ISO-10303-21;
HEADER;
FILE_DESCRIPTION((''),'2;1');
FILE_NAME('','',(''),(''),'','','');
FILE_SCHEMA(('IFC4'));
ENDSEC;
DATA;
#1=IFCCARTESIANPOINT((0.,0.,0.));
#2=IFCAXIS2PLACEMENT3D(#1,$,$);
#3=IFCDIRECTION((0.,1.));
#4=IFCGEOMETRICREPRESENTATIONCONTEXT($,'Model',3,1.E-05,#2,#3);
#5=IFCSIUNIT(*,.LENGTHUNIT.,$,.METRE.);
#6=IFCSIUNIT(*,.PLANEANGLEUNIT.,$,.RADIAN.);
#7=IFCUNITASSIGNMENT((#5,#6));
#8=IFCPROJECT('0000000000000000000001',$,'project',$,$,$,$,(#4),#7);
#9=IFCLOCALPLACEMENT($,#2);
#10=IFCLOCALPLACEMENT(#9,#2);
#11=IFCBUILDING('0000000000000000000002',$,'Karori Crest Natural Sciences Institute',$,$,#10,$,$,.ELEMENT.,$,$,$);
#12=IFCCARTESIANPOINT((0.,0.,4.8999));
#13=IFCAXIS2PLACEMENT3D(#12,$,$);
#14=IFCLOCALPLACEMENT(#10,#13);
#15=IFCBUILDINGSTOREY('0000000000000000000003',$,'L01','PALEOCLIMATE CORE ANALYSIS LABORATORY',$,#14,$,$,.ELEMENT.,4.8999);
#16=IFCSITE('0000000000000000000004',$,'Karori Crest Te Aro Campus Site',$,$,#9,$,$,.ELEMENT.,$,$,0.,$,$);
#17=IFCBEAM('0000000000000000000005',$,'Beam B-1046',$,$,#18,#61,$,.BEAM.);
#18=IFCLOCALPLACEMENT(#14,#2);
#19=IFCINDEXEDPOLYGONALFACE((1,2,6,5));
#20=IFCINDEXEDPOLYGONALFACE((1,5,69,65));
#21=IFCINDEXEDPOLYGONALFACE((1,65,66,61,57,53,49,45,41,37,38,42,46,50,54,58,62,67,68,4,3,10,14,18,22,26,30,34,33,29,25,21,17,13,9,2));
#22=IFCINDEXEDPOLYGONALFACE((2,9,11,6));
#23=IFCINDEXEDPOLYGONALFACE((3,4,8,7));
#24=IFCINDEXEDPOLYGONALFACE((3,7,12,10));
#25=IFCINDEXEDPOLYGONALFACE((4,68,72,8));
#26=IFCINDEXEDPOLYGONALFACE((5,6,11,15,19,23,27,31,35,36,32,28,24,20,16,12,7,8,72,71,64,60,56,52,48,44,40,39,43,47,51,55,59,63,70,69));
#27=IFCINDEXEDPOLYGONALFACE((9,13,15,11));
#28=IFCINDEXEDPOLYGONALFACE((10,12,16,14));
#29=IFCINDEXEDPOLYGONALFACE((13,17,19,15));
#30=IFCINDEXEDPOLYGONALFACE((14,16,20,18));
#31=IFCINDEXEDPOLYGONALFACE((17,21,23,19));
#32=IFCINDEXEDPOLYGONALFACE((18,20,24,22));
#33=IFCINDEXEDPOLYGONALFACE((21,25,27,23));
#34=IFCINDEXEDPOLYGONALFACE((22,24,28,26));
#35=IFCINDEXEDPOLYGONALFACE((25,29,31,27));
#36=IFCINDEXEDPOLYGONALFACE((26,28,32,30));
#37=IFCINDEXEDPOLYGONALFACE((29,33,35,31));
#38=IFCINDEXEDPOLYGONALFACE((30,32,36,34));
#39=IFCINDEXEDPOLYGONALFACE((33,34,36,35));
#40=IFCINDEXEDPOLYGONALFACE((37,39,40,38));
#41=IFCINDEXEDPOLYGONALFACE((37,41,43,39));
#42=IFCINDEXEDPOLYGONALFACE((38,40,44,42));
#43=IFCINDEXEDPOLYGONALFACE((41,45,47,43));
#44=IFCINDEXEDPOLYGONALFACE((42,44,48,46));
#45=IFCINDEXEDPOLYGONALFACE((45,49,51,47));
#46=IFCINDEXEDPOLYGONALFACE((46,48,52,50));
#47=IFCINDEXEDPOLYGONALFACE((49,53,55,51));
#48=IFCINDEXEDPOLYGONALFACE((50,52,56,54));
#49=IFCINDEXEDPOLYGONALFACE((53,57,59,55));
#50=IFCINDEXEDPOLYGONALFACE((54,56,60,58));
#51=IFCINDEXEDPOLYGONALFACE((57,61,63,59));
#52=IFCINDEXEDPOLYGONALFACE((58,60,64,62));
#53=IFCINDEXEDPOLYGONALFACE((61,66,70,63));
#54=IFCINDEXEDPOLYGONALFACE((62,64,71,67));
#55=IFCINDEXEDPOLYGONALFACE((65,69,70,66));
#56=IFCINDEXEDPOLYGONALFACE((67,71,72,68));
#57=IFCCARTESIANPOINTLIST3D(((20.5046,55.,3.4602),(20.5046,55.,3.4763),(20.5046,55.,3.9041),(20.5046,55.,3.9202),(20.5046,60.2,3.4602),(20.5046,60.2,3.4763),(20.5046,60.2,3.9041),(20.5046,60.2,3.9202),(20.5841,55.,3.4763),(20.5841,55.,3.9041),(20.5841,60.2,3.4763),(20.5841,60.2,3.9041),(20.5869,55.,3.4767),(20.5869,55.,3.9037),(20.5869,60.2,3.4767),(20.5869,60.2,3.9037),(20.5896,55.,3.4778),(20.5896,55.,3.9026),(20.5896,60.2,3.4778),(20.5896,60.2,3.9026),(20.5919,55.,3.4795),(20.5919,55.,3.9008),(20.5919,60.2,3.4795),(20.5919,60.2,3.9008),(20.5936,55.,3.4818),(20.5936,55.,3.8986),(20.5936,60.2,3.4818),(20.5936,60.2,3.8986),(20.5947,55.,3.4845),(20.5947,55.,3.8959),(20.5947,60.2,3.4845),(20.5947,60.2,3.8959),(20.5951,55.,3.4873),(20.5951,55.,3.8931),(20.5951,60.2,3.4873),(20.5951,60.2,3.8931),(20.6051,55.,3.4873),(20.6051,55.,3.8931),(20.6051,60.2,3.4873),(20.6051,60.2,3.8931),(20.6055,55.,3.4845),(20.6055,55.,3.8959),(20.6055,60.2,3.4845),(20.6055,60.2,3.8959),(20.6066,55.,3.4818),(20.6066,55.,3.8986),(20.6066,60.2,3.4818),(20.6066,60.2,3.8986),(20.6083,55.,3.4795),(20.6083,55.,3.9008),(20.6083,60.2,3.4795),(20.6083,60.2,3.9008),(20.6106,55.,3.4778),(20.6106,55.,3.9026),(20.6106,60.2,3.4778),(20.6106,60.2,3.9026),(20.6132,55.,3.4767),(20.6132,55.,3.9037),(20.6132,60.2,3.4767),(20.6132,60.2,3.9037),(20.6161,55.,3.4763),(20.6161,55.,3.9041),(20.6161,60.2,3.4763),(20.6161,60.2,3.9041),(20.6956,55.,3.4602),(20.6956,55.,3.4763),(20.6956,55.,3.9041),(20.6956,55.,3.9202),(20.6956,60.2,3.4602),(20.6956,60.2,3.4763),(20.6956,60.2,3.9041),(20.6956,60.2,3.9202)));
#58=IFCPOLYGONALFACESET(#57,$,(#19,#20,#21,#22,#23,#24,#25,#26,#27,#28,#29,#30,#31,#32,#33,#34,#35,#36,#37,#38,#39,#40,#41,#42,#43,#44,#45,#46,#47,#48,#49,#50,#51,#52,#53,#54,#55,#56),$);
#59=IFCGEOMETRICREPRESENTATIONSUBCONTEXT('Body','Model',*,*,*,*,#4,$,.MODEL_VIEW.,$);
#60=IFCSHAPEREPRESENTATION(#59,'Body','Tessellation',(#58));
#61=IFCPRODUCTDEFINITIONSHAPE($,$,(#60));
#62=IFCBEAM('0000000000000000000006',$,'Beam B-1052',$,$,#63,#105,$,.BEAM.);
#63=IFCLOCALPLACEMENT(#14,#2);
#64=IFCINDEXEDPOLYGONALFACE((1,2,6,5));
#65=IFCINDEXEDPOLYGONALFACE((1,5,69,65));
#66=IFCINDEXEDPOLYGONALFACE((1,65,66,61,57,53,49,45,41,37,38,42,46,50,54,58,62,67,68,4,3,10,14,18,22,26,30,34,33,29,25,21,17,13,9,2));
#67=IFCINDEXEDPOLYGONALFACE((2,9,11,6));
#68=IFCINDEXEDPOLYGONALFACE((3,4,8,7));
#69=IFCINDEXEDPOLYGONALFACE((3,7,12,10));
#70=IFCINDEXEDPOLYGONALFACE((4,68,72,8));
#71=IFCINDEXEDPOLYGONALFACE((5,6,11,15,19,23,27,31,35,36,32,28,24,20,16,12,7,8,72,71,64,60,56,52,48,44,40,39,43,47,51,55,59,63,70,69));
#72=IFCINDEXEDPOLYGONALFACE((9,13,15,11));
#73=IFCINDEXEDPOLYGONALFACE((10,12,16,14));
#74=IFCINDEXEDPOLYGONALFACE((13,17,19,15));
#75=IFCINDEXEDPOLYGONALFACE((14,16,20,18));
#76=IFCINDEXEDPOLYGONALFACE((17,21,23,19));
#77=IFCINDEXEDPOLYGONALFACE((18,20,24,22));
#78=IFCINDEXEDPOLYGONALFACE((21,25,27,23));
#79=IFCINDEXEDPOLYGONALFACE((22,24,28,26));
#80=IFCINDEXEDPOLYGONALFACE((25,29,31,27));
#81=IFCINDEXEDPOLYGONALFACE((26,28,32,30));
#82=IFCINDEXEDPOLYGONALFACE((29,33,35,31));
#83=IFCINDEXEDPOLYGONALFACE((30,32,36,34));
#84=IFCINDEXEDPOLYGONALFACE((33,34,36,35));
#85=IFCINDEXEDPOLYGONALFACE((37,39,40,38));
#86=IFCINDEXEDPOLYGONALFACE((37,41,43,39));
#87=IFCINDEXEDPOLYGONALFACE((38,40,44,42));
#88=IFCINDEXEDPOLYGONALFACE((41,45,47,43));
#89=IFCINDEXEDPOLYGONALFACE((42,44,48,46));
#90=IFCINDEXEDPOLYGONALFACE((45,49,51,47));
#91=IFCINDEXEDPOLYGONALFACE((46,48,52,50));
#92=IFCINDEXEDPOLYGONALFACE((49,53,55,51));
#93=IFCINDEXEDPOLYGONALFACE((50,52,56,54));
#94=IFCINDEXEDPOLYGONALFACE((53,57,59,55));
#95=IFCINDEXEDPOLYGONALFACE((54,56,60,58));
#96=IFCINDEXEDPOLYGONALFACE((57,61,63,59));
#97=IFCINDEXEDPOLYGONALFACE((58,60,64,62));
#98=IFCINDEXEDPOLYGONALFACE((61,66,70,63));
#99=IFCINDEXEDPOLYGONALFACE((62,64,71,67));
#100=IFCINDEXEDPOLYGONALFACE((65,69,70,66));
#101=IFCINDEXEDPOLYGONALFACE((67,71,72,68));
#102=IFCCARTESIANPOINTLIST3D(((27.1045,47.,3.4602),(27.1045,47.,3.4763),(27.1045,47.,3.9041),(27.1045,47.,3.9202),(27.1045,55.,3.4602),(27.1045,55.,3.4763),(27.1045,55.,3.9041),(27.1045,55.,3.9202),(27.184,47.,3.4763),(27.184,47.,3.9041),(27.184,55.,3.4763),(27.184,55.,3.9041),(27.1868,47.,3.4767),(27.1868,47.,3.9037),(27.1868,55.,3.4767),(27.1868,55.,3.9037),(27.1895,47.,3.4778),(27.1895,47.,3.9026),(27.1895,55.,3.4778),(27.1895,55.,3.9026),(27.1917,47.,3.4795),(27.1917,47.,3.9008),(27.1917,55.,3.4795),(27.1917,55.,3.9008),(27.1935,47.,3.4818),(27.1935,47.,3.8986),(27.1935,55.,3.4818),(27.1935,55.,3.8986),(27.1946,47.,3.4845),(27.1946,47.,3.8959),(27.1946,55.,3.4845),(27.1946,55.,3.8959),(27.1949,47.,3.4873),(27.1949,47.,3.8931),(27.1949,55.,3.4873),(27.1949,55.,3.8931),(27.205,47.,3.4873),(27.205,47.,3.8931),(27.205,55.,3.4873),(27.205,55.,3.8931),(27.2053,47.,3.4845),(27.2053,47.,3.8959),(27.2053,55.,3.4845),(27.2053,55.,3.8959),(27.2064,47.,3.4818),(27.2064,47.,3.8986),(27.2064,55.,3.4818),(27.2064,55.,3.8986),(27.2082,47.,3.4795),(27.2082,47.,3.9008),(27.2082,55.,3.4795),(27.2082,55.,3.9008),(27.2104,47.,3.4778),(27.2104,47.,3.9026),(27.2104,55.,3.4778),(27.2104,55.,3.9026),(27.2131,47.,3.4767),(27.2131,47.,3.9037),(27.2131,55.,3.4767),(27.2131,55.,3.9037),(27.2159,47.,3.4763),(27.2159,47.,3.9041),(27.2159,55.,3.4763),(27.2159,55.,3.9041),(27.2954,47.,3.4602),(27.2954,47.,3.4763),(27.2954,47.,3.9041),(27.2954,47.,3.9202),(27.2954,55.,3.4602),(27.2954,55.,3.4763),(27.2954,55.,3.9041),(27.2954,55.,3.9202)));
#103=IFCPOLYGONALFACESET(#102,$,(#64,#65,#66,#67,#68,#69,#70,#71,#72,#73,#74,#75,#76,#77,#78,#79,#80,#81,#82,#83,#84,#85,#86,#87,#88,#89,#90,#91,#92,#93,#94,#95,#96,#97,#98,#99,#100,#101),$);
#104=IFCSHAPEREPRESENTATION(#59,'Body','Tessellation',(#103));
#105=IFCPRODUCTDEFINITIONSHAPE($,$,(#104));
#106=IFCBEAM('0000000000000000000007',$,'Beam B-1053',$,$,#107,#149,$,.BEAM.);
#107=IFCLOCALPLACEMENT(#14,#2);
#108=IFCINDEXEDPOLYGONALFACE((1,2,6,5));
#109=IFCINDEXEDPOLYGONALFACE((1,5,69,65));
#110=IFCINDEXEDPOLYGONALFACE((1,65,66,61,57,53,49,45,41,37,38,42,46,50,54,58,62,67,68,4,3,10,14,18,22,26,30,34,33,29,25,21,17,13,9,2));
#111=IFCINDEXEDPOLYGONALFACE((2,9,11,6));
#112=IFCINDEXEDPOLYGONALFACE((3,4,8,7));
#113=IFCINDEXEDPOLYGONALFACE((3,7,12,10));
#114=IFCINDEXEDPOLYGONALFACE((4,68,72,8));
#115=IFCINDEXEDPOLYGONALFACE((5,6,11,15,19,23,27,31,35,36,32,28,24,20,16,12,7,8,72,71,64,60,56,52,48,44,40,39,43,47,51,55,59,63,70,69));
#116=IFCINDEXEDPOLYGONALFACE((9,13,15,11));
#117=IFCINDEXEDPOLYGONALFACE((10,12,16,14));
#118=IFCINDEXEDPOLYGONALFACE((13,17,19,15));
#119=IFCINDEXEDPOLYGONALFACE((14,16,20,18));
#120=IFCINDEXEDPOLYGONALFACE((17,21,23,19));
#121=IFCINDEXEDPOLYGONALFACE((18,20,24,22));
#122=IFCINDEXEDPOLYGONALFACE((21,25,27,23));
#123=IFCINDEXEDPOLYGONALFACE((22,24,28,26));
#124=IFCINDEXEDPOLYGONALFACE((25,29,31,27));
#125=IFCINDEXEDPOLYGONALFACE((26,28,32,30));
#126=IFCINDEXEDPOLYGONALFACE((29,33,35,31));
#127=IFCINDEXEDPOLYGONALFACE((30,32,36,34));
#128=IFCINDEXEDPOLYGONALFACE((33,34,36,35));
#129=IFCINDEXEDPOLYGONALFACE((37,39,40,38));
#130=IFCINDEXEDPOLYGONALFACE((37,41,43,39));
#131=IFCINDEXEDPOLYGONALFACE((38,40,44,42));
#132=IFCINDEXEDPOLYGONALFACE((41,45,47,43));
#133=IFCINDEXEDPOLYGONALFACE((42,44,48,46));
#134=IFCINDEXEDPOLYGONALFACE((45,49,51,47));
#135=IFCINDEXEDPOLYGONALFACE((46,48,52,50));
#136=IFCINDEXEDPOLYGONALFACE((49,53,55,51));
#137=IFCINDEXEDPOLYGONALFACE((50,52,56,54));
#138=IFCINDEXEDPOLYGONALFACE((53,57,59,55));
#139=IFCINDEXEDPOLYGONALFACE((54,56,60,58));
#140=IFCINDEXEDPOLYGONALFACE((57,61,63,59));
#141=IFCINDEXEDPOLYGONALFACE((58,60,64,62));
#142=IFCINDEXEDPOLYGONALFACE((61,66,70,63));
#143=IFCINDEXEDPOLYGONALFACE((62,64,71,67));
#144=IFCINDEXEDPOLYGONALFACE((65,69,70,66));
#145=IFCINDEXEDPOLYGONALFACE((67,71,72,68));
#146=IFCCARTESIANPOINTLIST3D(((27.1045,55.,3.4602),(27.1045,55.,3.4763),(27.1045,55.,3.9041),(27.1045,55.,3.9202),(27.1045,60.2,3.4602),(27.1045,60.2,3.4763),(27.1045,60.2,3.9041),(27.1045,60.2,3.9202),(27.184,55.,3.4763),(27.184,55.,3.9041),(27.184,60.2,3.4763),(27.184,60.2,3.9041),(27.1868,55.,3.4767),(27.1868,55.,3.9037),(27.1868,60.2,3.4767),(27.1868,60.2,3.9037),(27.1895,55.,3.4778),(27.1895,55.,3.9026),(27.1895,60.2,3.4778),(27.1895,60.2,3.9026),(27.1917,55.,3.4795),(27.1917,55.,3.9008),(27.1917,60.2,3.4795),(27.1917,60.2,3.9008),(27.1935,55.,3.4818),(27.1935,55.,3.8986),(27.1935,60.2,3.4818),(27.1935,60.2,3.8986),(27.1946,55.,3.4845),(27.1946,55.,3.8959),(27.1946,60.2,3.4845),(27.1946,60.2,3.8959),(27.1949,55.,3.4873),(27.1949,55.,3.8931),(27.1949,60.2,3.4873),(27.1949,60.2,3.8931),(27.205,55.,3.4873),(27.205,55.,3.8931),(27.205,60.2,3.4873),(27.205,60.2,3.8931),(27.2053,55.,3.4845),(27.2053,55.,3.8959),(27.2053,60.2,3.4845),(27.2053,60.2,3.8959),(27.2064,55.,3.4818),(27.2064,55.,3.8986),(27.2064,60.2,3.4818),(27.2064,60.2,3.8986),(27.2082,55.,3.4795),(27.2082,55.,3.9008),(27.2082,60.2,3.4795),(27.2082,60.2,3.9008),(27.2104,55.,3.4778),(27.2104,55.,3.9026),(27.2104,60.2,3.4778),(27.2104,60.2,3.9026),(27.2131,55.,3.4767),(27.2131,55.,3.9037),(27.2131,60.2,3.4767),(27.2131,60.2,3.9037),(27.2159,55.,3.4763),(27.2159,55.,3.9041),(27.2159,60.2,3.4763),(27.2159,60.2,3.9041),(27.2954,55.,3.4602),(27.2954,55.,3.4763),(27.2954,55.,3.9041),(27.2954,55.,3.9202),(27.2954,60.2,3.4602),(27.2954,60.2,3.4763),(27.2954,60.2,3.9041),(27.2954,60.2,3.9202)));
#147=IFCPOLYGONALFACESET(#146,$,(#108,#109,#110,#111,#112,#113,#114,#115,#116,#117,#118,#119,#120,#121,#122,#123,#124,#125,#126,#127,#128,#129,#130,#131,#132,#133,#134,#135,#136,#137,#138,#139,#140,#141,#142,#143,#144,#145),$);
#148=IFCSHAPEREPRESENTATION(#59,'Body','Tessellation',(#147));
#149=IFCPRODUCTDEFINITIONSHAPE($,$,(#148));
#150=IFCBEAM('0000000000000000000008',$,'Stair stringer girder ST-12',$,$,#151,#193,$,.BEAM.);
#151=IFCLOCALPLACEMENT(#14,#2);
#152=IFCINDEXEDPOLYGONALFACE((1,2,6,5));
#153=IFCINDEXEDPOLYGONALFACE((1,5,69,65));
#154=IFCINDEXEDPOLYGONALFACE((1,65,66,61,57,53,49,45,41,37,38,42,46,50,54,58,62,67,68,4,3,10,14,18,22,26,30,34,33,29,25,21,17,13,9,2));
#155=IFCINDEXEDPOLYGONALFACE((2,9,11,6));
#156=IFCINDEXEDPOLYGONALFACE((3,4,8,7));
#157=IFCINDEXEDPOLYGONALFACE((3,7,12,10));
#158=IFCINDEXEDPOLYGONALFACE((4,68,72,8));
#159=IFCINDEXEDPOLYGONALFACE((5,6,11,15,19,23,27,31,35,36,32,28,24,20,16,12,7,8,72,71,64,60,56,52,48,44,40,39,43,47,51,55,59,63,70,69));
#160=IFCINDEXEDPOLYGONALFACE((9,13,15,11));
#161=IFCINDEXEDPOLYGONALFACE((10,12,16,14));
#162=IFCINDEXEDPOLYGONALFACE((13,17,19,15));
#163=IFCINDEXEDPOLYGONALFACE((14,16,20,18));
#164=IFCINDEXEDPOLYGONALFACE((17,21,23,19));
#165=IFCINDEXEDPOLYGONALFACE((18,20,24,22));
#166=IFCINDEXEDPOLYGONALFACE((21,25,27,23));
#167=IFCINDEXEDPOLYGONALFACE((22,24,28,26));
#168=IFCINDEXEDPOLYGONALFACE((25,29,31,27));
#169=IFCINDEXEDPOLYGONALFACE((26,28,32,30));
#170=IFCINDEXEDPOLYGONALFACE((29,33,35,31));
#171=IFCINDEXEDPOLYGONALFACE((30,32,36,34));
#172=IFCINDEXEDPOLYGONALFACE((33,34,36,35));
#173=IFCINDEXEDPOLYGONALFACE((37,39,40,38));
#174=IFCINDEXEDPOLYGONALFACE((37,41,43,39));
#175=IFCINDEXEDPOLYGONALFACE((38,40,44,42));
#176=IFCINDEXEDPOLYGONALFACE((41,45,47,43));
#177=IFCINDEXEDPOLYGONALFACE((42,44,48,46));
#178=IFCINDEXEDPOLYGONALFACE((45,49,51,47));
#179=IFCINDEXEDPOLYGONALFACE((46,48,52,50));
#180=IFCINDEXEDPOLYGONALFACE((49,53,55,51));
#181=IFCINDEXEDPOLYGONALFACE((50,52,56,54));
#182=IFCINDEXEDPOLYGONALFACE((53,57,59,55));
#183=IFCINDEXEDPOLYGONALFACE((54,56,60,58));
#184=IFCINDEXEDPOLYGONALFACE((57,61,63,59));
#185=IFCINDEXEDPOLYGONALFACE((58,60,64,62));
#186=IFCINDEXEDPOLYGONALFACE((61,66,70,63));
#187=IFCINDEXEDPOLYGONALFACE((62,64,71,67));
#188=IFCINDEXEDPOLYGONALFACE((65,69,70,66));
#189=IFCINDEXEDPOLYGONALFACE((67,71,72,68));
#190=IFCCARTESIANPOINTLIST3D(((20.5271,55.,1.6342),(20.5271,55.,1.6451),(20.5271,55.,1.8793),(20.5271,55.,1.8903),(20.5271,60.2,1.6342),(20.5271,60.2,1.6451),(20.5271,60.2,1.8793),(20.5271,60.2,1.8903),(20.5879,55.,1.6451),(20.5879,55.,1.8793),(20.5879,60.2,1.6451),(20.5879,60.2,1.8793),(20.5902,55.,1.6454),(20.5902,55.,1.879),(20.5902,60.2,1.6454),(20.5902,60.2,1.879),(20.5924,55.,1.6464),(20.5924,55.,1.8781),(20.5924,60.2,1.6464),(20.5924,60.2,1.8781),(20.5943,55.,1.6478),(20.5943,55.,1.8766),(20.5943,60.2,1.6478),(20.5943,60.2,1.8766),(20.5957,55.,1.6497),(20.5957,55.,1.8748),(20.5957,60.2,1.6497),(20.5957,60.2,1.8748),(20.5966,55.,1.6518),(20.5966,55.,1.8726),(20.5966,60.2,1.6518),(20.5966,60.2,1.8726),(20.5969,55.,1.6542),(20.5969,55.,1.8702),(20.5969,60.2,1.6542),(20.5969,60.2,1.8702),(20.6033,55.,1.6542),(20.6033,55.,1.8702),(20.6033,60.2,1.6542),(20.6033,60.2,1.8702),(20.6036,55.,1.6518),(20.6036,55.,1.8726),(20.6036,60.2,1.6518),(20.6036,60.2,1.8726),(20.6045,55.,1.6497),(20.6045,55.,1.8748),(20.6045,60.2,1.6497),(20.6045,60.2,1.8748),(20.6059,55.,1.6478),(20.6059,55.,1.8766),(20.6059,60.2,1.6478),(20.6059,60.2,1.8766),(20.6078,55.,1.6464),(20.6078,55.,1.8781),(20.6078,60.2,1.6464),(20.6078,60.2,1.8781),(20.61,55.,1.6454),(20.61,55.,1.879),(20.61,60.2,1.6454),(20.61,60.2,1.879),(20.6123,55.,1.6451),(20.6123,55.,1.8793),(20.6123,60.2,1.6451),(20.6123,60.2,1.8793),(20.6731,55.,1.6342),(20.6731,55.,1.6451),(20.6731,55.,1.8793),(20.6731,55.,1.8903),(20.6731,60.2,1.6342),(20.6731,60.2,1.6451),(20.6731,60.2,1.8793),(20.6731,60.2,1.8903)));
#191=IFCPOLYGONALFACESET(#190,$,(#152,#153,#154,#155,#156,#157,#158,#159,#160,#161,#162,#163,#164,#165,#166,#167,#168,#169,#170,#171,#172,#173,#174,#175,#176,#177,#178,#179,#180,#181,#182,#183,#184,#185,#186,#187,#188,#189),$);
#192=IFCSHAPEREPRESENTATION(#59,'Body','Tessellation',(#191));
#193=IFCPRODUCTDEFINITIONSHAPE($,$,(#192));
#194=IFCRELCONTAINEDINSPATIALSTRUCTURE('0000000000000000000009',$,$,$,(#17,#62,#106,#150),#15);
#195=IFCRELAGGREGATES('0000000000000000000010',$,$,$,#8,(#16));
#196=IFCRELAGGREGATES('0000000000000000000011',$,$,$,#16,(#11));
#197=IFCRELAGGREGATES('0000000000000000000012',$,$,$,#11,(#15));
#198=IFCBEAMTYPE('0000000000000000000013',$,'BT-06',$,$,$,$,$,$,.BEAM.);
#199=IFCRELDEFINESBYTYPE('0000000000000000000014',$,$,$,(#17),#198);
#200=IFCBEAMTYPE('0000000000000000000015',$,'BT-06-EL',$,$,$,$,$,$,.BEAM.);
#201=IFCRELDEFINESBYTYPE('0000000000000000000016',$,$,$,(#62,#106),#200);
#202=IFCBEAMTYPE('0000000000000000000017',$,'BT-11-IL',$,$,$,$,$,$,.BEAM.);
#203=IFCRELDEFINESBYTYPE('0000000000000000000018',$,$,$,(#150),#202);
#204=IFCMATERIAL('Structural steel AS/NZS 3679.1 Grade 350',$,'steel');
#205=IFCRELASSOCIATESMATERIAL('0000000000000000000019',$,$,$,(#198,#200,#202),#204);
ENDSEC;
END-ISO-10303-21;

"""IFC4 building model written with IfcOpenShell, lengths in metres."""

from ifc_helpers import new_model, si_unit, direction, frame, origin, origin_2d, place, context, subcontext, project, spatial, i_section, extrude, material, material_profile, profile_set, type_object, element, save


model = new_model("IFC4")

# Units and contexts
model_context = context("Model", 3, precision=1e-05, world=origin(), true_north=direction((0.0, 1.0)))
body_context = subcontext(model_context, "Body", "Model", "MODEL_VIEW")
ifc_project = project(units=[si_unit("LENGTHUNIT", "METRE"), si_unit("PLANEANGLEUNIT", "RADIAN")], contexts=[model_context])

# Site, building, storey
site_placement = place(None, origin())
site = spatial("IfcSite", under=ifc_project, at=site_placement, Name="Karori Crest Te Aro Campus Site", CompositionType="ELEMENT", RefElevation=0.0)
building_placement = place(site_placement, origin())
building = spatial("IfcBuilding", under=site, at=building_placement, Name="Karori Crest Natural Sciences Institute", CompositionType="ELEMENT")
storey_placement = place(building_placement, frame((0.0, 0.0, 4.8999)))
storey = spatial("IfcBuildingStorey", under=building, at=storey_placement, Name="L01", Description="PALEOCLIMATE CORE ANALYSIS LABORATORY", CompositionType="ELEMENT", Elevation=4.8999)

# Shared definitions
ifc_material_1 = material(Name="Structural steel AS/NZS 3679.1 Grade 350", Category="steel")

# Beams
ifc_material_profile_1 = material_profile(ifc_material_1, i_section(OverallWidth=0.1909, OverallDepth=0.46, WebThickness=0.01, FlangeThickness=0.0161, FilletRadius=0.011, at=origin_2d()), Name="460UB82.1")
ifc_profile_set_1 = profile_set([ifc_material_profile_1], Name="Structural steel AS/NZS 3679.1 Grade 350")
beam_type_1 = type_object("IfcBeamType", Name="BT-06", PredefinedType="BEAM", material=ifc_profile_set_1)
beam_1_placement = place(storey_placement, frame((20.6001, 55.0, 3.6902), z_axis=(0.0, 1.0, 0.0), x_axis=(-1.0, 0.0, 0.0)))
element("IfcBeam", 1, at=beam_1_placement, inside=storey, type_object=beam_type_1, Name="Beam B-1046", PredefinedType="BEAM", context=body_context, shape_type="SweptSolid", body=[
    extrude(i_section(OverallWidth=0.1909, OverallDepth=0.46, WebThickness=0.01, FlangeThickness=0.0161, FilletRadius=0.011, at=origin_2d()), origin(), (0.0, 0.0, 1.0), 5.2),
])
ifc_material_profile_2 = material_profile(ifc_material_1, i_section(OverallWidth=0.1909, OverallDepth=0.46, WebThickness=0.01, FlangeThickness=0.0161, FilletRadius=0.011, at=origin_2d()), Name="460UB82.1")
ifc_profile_set_2 = profile_set([ifc_material_profile_2], Name="Structural steel AS/NZS 3679.1 Grade 350")
beam_type_2 = type_object("IfcBeamType", Name="BT-06-EL", PredefinedType="BEAM", material=ifc_profile_set_2)
beam_2_placement = place(storey_placement, frame((27.2, 47.0, 3.6902), z_axis=(0.0, 1.0, 0.0), x_axis=(-1.0, 0.0, 0.0)))
element("IfcBeam", 2, at=beam_2_placement, inside=storey, type_object=beam_type_2, Name="Beam B-1052", PredefinedType="BEAM", context=body_context, shape_type="SweptSolid", body=[
    extrude(i_section(OverallWidth=0.1909, OverallDepth=0.46, WebThickness=0.01, FlangeThickness=0.0161, FilletRadius=0.011, at=origin_2d()), origin(), (0.0, 0.0, 1.0), 8.0),
])
beam_3_placement = place(storey_placement, frame((27.2, 55.0, 3.6902), z_axis=(0.0, 1.0, 0.0), x_axis=(-1.0, 0.0, 0.0)))
element("IfcBeam", 3, at=beam_3_placement, inside=storey, type_object=beam_type_2, Name="Beam B-1053", PredefinedType="BEAM", context=body_context, shape_type="SweptSolid", body=[
    extrude(i_section(OverallWidth=0.1909, OverallDepth=0.46, WebThickness=0.01, FlangeThickness=0.0161, FilletRadius=0.011, at=origin_2d()), origin(), (0.0, 0.0, 1.0), 5.2),
])
ifc_material_profile_3 = material_profile(ifc_material_1, i_section(OverallWidth=0.146, OverallDepth=0.2561, WebThickness=0.0063, FlangeThickness=0.011, FilletRadius=0.009, at=origin_2d()), Name="250UB37.3")
ifc_profile_set_3 = profile_set([ifc_material_profile_3], Name="Structural steel AS/NZS 3679.1 Grade 350")
beam_type_3 = type_object("IfcBeamType", Name="BT-11-IL", PredefinedType="BEAM", material=ifc_profile_set_3)
for number, where, z_axis, x_axis, name in (
    (4, (20.6001, 55.0, 1.7622), (0.0, 1.0, 0.0), (-1.0, 0.0, 0.0), "Stair stringer girder ST-12"),
):
    element("IfcBeam", number, at=place(storey_placement, frame(where, z_axis=z_axis, x_axis=x_axis)), inside=storey, type_object=beam_type_3, Name=name, PredefinedType="BEAM", context=body_context, shape_type="SweptSolid", body=[
        extrude(i_section(OverallWidth=0.146, OverallDepth=0.2561, WebThickness=0.0063, FlangeThickness=0.011, FilletRadius=0.009, at=origin_2d()), origin(), (0.0, 0.0, 1.0), 5.2),
    ])

save(model, "model.ifc")
